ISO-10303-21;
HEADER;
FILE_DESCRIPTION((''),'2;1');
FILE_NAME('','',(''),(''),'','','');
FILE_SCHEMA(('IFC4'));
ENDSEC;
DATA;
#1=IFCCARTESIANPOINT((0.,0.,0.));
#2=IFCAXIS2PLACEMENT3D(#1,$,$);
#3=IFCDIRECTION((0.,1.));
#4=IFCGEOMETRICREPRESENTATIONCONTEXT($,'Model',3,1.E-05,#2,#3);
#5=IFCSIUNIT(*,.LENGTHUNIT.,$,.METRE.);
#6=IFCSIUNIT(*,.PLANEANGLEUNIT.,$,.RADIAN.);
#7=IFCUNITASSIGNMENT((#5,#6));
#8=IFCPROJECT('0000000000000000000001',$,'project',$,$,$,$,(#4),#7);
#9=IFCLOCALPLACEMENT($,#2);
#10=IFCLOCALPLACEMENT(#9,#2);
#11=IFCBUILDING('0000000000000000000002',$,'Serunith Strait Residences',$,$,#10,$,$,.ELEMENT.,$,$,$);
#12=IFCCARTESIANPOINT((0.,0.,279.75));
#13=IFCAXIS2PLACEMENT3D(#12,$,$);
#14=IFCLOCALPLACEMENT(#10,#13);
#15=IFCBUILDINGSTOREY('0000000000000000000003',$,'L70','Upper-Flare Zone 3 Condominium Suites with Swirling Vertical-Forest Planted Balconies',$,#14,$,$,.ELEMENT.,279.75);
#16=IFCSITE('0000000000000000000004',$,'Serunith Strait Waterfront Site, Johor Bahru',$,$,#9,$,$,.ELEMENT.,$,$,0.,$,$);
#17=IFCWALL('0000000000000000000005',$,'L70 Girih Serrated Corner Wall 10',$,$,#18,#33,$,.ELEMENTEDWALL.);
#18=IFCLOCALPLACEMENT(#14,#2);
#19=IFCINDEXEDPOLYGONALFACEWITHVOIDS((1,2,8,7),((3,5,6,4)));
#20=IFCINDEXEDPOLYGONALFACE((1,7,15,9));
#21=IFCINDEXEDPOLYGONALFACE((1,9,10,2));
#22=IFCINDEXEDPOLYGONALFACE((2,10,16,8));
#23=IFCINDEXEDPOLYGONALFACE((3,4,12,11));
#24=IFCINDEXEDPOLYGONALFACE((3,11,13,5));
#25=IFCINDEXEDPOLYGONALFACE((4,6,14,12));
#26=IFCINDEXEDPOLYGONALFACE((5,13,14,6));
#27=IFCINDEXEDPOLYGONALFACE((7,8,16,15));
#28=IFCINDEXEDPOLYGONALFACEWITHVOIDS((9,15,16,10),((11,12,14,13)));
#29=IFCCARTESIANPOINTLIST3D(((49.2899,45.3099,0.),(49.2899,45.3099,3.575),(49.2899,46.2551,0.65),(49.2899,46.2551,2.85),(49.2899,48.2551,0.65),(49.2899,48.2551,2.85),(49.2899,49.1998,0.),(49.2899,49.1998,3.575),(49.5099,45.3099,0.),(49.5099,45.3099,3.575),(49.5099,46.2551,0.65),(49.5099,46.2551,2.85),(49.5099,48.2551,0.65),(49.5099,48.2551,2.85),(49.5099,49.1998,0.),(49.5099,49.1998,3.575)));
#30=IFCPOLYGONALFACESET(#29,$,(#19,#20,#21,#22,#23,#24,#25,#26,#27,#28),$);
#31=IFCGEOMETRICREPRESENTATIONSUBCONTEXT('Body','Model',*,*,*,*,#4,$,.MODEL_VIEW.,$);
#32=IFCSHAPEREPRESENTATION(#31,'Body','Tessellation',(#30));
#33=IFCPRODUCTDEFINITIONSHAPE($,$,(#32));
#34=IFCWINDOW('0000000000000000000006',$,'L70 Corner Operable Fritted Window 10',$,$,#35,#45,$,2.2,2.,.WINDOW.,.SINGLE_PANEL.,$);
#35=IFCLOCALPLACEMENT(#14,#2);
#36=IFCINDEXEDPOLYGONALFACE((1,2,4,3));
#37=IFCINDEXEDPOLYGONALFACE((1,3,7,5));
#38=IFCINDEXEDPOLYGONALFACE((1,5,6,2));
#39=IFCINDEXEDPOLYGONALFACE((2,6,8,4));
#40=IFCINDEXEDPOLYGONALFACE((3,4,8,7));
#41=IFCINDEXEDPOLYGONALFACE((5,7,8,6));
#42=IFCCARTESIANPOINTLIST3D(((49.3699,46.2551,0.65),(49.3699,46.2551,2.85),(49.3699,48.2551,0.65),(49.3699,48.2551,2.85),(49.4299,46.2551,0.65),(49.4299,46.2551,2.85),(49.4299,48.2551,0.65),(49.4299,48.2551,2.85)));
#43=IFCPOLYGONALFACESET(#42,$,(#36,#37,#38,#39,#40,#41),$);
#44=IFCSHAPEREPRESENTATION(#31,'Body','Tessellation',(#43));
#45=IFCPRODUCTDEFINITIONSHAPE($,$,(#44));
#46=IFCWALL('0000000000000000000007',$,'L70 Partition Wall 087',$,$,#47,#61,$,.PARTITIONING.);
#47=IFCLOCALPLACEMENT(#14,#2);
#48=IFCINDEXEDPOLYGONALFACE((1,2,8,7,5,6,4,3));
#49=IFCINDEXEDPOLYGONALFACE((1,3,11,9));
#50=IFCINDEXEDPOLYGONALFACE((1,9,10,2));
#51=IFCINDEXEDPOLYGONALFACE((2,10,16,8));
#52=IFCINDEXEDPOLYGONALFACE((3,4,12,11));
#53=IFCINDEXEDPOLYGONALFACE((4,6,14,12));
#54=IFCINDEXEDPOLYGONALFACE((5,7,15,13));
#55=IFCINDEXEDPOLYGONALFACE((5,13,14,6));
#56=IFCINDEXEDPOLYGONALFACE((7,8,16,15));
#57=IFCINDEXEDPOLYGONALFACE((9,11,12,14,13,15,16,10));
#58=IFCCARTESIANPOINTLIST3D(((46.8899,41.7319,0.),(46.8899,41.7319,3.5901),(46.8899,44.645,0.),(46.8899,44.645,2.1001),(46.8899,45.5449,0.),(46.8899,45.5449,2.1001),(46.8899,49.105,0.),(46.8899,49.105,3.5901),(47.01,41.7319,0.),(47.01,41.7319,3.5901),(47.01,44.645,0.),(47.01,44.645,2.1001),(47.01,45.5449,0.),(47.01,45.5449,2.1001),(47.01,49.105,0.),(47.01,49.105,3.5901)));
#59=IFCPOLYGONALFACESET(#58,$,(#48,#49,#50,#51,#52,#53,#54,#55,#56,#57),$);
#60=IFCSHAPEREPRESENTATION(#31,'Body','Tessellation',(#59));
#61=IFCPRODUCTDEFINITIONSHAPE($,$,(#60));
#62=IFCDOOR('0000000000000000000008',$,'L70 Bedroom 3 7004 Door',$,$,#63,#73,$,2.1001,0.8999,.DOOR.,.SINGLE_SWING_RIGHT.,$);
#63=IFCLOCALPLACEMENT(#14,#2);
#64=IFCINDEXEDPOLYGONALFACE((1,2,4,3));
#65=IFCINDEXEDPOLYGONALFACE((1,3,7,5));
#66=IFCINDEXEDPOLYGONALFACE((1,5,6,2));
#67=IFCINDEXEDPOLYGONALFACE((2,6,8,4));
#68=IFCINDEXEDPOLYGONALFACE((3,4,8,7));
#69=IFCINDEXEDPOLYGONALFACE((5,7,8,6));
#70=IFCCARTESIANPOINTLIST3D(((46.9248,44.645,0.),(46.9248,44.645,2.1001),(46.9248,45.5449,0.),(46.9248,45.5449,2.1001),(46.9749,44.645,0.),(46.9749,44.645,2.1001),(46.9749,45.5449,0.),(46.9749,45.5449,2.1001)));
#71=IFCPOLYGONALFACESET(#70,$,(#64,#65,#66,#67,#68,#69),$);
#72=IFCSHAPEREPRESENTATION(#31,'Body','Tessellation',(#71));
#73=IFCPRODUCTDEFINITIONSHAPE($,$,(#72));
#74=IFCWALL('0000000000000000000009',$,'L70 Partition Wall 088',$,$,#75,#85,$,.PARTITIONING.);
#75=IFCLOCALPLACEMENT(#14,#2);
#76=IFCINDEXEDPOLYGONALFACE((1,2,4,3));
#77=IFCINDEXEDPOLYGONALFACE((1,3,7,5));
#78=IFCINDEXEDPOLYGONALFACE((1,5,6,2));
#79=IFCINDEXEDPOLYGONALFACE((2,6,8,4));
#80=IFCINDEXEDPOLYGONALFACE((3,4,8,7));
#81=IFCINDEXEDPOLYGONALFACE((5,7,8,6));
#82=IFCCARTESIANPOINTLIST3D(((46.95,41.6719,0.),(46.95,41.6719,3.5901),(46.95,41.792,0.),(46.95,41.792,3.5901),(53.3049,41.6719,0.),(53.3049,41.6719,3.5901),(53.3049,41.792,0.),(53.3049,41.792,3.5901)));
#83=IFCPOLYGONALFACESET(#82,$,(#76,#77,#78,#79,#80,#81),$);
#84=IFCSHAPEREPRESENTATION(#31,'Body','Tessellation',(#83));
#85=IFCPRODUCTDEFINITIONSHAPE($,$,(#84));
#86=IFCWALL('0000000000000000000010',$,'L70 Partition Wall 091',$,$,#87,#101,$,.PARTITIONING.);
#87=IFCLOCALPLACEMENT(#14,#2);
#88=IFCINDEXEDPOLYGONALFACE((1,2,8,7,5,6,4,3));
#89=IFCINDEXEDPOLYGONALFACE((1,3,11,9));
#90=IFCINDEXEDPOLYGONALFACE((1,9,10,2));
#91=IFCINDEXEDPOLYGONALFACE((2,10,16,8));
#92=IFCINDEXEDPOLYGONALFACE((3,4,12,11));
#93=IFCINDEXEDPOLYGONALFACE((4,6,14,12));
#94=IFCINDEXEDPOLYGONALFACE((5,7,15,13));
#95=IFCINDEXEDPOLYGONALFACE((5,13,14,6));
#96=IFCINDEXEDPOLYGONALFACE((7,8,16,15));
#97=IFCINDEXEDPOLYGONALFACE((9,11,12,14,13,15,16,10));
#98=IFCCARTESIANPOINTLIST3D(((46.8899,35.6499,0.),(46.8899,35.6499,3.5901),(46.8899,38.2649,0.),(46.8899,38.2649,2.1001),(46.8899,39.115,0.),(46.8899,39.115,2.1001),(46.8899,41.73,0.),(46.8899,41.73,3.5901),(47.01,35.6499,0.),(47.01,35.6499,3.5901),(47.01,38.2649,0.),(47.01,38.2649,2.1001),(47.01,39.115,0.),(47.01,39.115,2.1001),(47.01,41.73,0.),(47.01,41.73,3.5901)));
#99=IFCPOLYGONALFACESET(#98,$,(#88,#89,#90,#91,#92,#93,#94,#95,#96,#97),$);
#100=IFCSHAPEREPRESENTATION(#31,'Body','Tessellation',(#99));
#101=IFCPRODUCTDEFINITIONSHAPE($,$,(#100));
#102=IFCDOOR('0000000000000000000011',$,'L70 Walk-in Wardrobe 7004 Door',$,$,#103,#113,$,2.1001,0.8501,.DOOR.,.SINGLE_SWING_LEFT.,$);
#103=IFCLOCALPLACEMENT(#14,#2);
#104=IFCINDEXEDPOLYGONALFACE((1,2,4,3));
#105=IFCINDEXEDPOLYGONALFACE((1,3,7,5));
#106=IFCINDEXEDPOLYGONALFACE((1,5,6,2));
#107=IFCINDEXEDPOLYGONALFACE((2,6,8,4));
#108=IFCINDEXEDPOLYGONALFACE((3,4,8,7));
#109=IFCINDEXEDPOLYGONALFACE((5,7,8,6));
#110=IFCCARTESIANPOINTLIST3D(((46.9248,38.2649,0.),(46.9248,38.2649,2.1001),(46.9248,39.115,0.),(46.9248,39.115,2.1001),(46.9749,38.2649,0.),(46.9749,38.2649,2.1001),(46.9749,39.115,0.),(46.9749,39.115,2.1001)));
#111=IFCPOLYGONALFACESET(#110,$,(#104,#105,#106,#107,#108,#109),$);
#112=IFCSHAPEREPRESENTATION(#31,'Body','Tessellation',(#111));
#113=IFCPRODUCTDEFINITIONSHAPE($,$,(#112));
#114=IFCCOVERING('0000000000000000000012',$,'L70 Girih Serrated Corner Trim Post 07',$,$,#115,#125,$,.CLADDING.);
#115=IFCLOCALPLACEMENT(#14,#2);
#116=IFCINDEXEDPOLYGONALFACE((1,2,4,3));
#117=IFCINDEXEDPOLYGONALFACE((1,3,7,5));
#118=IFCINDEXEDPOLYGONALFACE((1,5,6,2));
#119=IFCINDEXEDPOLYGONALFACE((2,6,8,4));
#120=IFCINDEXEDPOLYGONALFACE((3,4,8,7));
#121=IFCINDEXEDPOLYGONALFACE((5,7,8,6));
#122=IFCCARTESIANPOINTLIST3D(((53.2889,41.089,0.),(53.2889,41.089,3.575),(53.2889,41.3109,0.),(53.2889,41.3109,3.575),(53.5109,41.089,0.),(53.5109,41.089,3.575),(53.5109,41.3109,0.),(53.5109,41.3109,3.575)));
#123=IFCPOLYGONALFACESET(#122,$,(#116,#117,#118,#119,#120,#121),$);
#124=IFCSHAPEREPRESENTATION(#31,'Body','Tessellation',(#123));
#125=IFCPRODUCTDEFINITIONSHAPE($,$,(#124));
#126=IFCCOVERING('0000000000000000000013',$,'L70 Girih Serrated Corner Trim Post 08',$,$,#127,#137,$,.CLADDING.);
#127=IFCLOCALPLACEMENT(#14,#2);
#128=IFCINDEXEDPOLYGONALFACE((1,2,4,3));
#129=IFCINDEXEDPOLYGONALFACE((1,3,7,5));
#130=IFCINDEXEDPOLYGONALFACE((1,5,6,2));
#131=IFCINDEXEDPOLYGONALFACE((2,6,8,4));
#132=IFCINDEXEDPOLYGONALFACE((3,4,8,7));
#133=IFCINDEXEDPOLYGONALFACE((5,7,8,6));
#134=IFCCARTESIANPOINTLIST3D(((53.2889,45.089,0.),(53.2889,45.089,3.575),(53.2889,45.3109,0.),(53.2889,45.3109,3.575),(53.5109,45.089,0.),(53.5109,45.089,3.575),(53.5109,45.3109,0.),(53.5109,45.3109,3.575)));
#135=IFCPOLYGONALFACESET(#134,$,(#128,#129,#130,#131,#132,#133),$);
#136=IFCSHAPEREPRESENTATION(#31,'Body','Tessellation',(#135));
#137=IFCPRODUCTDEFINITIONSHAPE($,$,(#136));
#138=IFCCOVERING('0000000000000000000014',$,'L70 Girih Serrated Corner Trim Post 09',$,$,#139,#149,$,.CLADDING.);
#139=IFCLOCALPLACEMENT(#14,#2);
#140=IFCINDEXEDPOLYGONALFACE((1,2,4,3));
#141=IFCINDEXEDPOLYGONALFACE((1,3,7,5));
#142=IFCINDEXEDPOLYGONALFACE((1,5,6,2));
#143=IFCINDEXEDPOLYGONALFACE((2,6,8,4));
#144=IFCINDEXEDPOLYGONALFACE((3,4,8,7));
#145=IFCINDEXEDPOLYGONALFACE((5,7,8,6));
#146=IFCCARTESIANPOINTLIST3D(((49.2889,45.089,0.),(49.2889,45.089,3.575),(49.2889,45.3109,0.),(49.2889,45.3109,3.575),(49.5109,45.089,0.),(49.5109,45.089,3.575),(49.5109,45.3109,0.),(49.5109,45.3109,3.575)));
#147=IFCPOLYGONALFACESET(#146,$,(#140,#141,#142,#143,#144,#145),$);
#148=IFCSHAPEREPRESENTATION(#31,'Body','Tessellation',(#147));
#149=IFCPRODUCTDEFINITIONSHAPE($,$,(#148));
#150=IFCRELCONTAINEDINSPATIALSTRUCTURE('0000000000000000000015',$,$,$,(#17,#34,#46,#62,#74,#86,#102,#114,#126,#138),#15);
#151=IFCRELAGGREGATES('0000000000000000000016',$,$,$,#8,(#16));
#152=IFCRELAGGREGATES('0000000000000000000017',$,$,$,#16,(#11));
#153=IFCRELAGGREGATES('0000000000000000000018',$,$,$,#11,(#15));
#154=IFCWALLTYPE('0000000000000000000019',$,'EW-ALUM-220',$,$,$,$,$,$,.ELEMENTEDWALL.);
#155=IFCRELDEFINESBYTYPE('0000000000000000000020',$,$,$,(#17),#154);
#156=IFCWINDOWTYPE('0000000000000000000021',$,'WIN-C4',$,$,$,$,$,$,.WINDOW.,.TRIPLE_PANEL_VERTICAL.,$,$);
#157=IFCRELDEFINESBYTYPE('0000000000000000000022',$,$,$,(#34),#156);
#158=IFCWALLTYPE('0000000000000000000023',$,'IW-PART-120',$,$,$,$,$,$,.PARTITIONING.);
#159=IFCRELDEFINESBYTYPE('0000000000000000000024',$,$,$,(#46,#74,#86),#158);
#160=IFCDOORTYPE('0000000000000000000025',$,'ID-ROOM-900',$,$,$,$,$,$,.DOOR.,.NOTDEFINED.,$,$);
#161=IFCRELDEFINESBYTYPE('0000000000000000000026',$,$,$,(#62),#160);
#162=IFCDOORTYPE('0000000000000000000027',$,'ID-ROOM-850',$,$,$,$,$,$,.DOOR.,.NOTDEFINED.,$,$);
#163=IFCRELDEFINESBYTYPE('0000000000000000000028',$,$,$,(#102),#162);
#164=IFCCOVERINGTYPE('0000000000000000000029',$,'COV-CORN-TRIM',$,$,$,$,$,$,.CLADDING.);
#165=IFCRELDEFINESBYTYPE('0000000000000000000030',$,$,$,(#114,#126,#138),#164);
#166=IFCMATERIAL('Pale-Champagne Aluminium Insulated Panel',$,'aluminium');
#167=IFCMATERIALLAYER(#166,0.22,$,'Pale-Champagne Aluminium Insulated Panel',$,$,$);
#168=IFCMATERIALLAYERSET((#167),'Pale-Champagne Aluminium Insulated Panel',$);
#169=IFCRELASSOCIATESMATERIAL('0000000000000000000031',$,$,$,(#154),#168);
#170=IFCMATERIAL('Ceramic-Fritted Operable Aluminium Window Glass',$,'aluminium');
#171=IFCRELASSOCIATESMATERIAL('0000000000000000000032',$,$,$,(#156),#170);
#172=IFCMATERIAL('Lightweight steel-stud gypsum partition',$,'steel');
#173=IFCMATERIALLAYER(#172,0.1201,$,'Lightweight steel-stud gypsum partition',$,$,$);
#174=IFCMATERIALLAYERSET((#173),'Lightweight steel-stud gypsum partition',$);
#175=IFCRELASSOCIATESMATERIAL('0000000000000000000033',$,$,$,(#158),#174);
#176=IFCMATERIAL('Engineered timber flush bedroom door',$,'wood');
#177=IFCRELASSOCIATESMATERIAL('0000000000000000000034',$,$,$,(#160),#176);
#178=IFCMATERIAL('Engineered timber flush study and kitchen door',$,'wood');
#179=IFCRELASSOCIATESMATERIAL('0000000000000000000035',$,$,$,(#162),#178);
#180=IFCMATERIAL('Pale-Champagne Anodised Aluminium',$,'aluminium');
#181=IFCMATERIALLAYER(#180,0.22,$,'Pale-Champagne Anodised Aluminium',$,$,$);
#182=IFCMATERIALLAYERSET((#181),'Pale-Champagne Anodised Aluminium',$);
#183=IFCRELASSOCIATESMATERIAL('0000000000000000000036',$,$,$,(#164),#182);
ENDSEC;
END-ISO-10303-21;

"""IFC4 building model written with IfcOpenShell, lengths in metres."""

from ifc_helpers import new_model, si_unit, direction, frame, frame_2d, origin, origin_2d, place, context, subcontext, project, spatial, rectangle, extrude, source, transform, mapped, material, layer, layer_set, type_object, element, fill, save


model = new_model("IFC4")

# Units and contexts
model_context = context("Model", 3, precision=1e-05, world=origin(), true_north=direction((0.0, 1.0)))
body_context = subcontext(model_context, "Body", "Model", "MODEL_VIEW")
ifc_project = project(units=[si_unit("LENGTHUNIT", "METRE"), si_unit("PLANEANGLEUNIT", "RADIAN")], contexts=[model_context])

# Site, building, storey
site_placement = place(None, origin())
site = spatial("IfcSite", under=ifc_project, at=site_placement, Name="Serunith Strait Waterfront Site, Johor Bahru", CompositionType="ELEMENT", RefElevation=0.0)
building_placement = place(site_placement, origin())
building = spatial("IfcBuilding", under=site, at=building_placement, Name="Serunith Strait Residences", CompositionType="ELEMENT")
storey_placement = place(building_placement, frame((0.0, 0.0, 279.75)))
storey = spatial("IfcBuildingStorey", under=building, at=storey_placement, Name="L70", Description="Upper-Flare Zone 3 Condominium Suites with Swirling Vertical-Forest Planted Balconies", CompositionType="ELEMENT", Elevation=279.75)

# Shared definitions
ifc_material_1 = material(Name="Pale-Champagne Anodised Aluminium", Category="aluminium")

# Wall, opening, window
ifc_material_2 = material(Name="Pale-Champagne Aluminium Insulated Panel", Category="aluminium")
ifc_layer_1 = layer(ifc_material_2, 0.22, Name="Pale-Champagne Aluminium Insulated Panel")
ifc_layer_set_1 = layer_set([ifc_layer_1], Name="Pale-Champagne Aluminium Insulated Panel")
wall_type_1 = type_object("IfcWallType", Name="EW-ALUM-220", PredefinedType="ELEMENTEDWALL", material=ifc_layer_set_1)
ifc_material_3 = material(Name="Ceramic-Fritted Operable Aluminium Window Glass", Category="aluminium")
window_type = type_object("IfcWindowType", Name="WIN-C4", PartitioningType="TRIPLE_PANEL_VERTICAL", PredefinedType="WINDOW", material=ifc_material_3)
shared_shape_1 = source(origin(), body_context, "Body", "SweptSolid", [
    extrude(rectangle(XDim=2.0, YDim=2.2, at=frame_2d((1.0, 1.1001))), frame((0.0, 0.03, 0.0), z_axis=(0.0, -1.0, 0.0), x_axis=(1.0, 0.0, 0.0)), (0.0, 0.0, 1.0), 0.0601),
])
wall_1_placement = place(storey_placement, frame((49.3999, 45.3101, 0.0), z_axis=(0.0, 0.0, 1.0), x_axis=(0.0, 1.0, 0.0)))
wall_1 = element("IfcWall", 1, at=wall_1_placement, inside=storey, type_object=wall_type_1, Name="L70 Girih Serrated Corner Wall 10", PredefinedType="ELEMENTEDWALL", context=body_context, shape_type="SweptSolid", body=[
    extrude(rectangle(XDim=3.8899, YDim=0.22, at=frame_2d((1.9448, 0.0))), origin(), (0.0, 0.0, 1.0), 3.575),
])
opening_1_placement = place(wall_1_placement, frame((0.9451, 0.0, 0.6499)))
opening_1 = element("IfcOpeningElement", 2, at=opening_1_placement, cuts=wall_1, PredefinedType="OPENING", context=body_context, shape_type="SweptSolid", body=[
    extrude(rectangle(XDim=2.0, YDim=2.2, at=frame_2d((1.0, 1.1001))), frame((0.0, 0.1201, 0.0), z_axis=(0.0, -1.0, 0.0), x_axis=(1.0, 0.0, 0.0)), (0.0, 0.0, 1.0), 0.24),
])
window_1_placement = place(opening_1_placement, origin())
window_1 = element("IfcWindow", 3, at=window_1_placement, inside=storey, type_object=window_type, Name="L70 Corner Operable Fritted Window 10", OverallHeight=2.2, OverallWidth=2.0, PartitioningType="SINGLE_PANEL", PredefinedType="WINDOW", context=body_context, shape_type="MappedRepresentation", body=[
    mapped(shared_shape_1, transform((0.0, 0.0, 0.0), scale=1.0)),
])
fill(opening_1, window_1)

# Wall, opening, door
ifc_material_4 = material(Name="Lightweight steel-stud gypsum partition", Category="steel")
ifc_layer_2 = layer(ifc_material_4, 0.1201, Name="Lightweight steel-stud gypsum partition")
ifc_layer_set_2 = layer_set([ifc_layer_2], Name="Lightweight steel-stud gypsum partition")
wall_type_2 = type_object("IfcWallType", Name="IW-PART-120", PredefinedType="PARTITIONING", material=ifc_layer_set_2)
wall_2_placement = place(storey_placement, frame((46.95, 49.105, 0.0), z_axis=(0.0, 0.0, 1.0), x_axis=(0.0, -1.0, 0.0)))
wall_2 = element("IfcWall", 4, at=wall_2_placement, inside=storey, type_object=wall_type_2, Name="L70 Partition Wall 087", PredefinedType="PARTITIONING", context=body_context, shape_type="SweptSolid", body=[
    extrude(rectangle(XDim=7.373, YDim=0.1201, at=frame_2d((3.6865, 0.0))), origin(), (0.0, 0.0, 1.0), 3.5901),
])
opening_2_placement = place(wall_2_placement, frame((3.5601, 0.0, 0.0)))
opening_2 = element("IfcOpeningElement", 5, at=opening_2_placement, cuts=wall_2, PredefinedType="OPENING", context=body_context, shape_type="SweptSolid", body=[
    extrude(rectangle(XDim=0.8999, YDim=2.1001, at=frame_2d((0.45, 1.05))), frame((0.0, 0.0701, 0.0), z_axis=(0.0, -1.0, 0.0), x_axis=(1.0, 0.0, 0.0)), (0.0, 0.0, 1.0), 0.1401),
])
ifc_material_5 = material(Name="Engineered timber flush bedroom door", Category="wood")
door_type_1 = type_object("IfcDoorType", Name="ID-ROOM-900", OperationType="NOTDEFINED", PredefinedType="DOOR", material=ifc_material_5)
shared_shape_2 = source(origin(), body_context, "Body", "SweptSolid", [
    extrude(rectangle(XDim=0.8999, YDim=2.1001, at=frame_2d((0.45, 1.05))), frame((0.0, 0.0249, 0.0), z_axis=(0.0, -1.0, 0.0), x_axis=(1.0, 0.0, 0.0)), (0.0, 0.0, 1.0), 0.05),
])
door_1_placement = place(opening_2_placement, origin())
door_1 = element("IfcDoor", 6, at=door_1_placement, inside=storey, type_object=door_type_1, Name="L70 Bedroom 3 7004 Door", OperationType="SINGLE_SWING_RIGHT", OverallHeight=2.1001, OverallWidth=0.8999, PredefinedType="DOOR", context=body_context, shape_type="MappedRepresentation", body=[
    mapped(shared_shape_2, transform((0.0, 0.0, 0.0), scale=1.0)),
])
fill(opening_2, door_1)

# Wall
wall_3_placement = place(storey_placement, frame((46.95, 41.7319, 0.0), z_axis=(0.0, 0.0, 1.0), x_axis=(1.0, 0.0, 0.0)))
element("IfcWall", 7, at=wall_3_placement, inside=storey, type_object=wall_type_2, Name="L70 Partition Wall 088", PredefinedType="PARTITIONING", context=body_context, shape_type="SweptSolid", body=[
    extrude(rectangle(XDim=6.355, YDim=0.1201, at=frame_2d((3.1775, 0.0))), origin(), (0.0, 0.0, 1.0), 3.5901),
])

# Wall, opening, door
wall_4_placement = place(storey_placement, frame((46.95, 41.73, 0.0), z_axis=(0.0, 0.0, 1.0), x_axis=(0.0, -1.0, 0.0)))
wall_4 = element("IfcWall", 8, at=wall_4_placement, inside=storey, type_object=wall_type_2, Name="L70 Partition Wall 091", PredefinedType="PARTITIONING", context=body_context, shape_type="SweptSolid", body=[
    extrude(rectangle(XDim=6.0801, YDim=0.1201, at=frame_2d((3.04, 0.0))), origin(), (0.0, 0.0, 1.0), 3.5901),
])
opening_3_placement = place(wall_4_placement, frame((2.615, 0.0, 0.0)))
opening_3 = element("IfcOpeningElement", 9, at=opening_3_placement, cuts=wall_4, PredefinedType="OPENING", context=body_context, shape_type="SweptSolid", body=[
    extrude(rectangle(XDim=0.8501, YDim=2.1001, at=frame_2d((0.425, 1.05))), frame((0.0, 0.0701, 0.0), z_axis=(0.0, -1.0, 0.0), x_axis=(1.0, 0.0, 0.0)), (0.0, 0.0, 1.0), 0.1401),
])
ifc_material_6 = material(Name="Engineered timber flush study and kitchen door", Category="wood")
door_type_2 = type_object("IfcDoorType", Name="ID-ROOM-850", OperationType="NOTDEFINED", PredefinedType="DOOR", material=ifc_material_6)
shared_shape_3 = source(origin(), body_context, "Body", "SweptSolid", [
    extrude(rectangle(XDim=0.8501, YDim=2.1001, at=frame_2d((0.425, 1.05))), frame((0.0, 0.0249, 0.0), z_axis=(0.0, -1.0, 0.0), x_axis=(1.0, 0.0, 0.0)), (0.0, 0.0, 1.0), 0.05),
])
door_2_placement = place(opening_3_placement, origin())
door_2 = element("IfcDoor", 10, at=door_2_placement, inside=storey, type_object=door_type_2, Name="L70 Walk-in Wardrobe 7004 Door", OperationType="SINGLE_SWING_LEFT", OverallHeight=2.1001, OverallWidth=0.8501, PredefinedType="DOOR", context=body_context, shape_type="MappedRepresentation", body=[
    mapped(shared_shape_3, transform((0.0, 0.0, 0.0), scale=1.0)),
])
fill(opening_3, door_2)

# Coverings
ifc_layer_3 = layer(ifc_material_1, 0.22, Name="Pale-Champagne Anodised Aluminium")
ifc_layer_set_3 = layer_set([ifc_layer_3], Name="Pale-Champagne Anodised Aluminium")
covering_type = type_object("IfcCoveringType", Name="COV-CORN-TRIM", PredefinedType="CLADDING", material=ifc_layer_set_3)
shared_shape_4 = source(origin(), body_context, "Body", "SweptSolid", [
    extrude(rectangle(XDim=0.2219, YDim=0.2219, at=origin_2d()), origin(), (0.0, 0.0, 1.0), 3.575),
])
for number, where, z_axis, x_axis, name in (
    (11, (53.3999, 41.2, 0.0), (0.0, 0.0, 1.0), (1.0, 0.0, 0.0), "L70 Girih Serrated Corner Trim Post 07"),
    (12, (53.3999, 45.2, 0.0), (0.0, 0.0, 1.0), (1.0, 0.0, 0.0), "L70 Girih Serrated Corner Trim Post 08"),
    (13, (49.3999, 45.2, 0.0), (0.0, 0.0, 1.0), (1.0, 0.0, 0.0), "L70 Girih Serrated Corner Trim Post 09"),
):
    element("IfcCovering", number, at=place(storey_placement, frame(where, z_axis=z_axis, x_axis=x_axis)), inside=storey, type_object=covering_type, Name=name, PredefinedType="CLADDING", context=body_context, shape_type="MappedRepresentation", body=[
        mapped(shared_shape_4, transform((0.0, 0.0, 0.0), scale=1.0)),
    ])

save(model, "model.ifc")
